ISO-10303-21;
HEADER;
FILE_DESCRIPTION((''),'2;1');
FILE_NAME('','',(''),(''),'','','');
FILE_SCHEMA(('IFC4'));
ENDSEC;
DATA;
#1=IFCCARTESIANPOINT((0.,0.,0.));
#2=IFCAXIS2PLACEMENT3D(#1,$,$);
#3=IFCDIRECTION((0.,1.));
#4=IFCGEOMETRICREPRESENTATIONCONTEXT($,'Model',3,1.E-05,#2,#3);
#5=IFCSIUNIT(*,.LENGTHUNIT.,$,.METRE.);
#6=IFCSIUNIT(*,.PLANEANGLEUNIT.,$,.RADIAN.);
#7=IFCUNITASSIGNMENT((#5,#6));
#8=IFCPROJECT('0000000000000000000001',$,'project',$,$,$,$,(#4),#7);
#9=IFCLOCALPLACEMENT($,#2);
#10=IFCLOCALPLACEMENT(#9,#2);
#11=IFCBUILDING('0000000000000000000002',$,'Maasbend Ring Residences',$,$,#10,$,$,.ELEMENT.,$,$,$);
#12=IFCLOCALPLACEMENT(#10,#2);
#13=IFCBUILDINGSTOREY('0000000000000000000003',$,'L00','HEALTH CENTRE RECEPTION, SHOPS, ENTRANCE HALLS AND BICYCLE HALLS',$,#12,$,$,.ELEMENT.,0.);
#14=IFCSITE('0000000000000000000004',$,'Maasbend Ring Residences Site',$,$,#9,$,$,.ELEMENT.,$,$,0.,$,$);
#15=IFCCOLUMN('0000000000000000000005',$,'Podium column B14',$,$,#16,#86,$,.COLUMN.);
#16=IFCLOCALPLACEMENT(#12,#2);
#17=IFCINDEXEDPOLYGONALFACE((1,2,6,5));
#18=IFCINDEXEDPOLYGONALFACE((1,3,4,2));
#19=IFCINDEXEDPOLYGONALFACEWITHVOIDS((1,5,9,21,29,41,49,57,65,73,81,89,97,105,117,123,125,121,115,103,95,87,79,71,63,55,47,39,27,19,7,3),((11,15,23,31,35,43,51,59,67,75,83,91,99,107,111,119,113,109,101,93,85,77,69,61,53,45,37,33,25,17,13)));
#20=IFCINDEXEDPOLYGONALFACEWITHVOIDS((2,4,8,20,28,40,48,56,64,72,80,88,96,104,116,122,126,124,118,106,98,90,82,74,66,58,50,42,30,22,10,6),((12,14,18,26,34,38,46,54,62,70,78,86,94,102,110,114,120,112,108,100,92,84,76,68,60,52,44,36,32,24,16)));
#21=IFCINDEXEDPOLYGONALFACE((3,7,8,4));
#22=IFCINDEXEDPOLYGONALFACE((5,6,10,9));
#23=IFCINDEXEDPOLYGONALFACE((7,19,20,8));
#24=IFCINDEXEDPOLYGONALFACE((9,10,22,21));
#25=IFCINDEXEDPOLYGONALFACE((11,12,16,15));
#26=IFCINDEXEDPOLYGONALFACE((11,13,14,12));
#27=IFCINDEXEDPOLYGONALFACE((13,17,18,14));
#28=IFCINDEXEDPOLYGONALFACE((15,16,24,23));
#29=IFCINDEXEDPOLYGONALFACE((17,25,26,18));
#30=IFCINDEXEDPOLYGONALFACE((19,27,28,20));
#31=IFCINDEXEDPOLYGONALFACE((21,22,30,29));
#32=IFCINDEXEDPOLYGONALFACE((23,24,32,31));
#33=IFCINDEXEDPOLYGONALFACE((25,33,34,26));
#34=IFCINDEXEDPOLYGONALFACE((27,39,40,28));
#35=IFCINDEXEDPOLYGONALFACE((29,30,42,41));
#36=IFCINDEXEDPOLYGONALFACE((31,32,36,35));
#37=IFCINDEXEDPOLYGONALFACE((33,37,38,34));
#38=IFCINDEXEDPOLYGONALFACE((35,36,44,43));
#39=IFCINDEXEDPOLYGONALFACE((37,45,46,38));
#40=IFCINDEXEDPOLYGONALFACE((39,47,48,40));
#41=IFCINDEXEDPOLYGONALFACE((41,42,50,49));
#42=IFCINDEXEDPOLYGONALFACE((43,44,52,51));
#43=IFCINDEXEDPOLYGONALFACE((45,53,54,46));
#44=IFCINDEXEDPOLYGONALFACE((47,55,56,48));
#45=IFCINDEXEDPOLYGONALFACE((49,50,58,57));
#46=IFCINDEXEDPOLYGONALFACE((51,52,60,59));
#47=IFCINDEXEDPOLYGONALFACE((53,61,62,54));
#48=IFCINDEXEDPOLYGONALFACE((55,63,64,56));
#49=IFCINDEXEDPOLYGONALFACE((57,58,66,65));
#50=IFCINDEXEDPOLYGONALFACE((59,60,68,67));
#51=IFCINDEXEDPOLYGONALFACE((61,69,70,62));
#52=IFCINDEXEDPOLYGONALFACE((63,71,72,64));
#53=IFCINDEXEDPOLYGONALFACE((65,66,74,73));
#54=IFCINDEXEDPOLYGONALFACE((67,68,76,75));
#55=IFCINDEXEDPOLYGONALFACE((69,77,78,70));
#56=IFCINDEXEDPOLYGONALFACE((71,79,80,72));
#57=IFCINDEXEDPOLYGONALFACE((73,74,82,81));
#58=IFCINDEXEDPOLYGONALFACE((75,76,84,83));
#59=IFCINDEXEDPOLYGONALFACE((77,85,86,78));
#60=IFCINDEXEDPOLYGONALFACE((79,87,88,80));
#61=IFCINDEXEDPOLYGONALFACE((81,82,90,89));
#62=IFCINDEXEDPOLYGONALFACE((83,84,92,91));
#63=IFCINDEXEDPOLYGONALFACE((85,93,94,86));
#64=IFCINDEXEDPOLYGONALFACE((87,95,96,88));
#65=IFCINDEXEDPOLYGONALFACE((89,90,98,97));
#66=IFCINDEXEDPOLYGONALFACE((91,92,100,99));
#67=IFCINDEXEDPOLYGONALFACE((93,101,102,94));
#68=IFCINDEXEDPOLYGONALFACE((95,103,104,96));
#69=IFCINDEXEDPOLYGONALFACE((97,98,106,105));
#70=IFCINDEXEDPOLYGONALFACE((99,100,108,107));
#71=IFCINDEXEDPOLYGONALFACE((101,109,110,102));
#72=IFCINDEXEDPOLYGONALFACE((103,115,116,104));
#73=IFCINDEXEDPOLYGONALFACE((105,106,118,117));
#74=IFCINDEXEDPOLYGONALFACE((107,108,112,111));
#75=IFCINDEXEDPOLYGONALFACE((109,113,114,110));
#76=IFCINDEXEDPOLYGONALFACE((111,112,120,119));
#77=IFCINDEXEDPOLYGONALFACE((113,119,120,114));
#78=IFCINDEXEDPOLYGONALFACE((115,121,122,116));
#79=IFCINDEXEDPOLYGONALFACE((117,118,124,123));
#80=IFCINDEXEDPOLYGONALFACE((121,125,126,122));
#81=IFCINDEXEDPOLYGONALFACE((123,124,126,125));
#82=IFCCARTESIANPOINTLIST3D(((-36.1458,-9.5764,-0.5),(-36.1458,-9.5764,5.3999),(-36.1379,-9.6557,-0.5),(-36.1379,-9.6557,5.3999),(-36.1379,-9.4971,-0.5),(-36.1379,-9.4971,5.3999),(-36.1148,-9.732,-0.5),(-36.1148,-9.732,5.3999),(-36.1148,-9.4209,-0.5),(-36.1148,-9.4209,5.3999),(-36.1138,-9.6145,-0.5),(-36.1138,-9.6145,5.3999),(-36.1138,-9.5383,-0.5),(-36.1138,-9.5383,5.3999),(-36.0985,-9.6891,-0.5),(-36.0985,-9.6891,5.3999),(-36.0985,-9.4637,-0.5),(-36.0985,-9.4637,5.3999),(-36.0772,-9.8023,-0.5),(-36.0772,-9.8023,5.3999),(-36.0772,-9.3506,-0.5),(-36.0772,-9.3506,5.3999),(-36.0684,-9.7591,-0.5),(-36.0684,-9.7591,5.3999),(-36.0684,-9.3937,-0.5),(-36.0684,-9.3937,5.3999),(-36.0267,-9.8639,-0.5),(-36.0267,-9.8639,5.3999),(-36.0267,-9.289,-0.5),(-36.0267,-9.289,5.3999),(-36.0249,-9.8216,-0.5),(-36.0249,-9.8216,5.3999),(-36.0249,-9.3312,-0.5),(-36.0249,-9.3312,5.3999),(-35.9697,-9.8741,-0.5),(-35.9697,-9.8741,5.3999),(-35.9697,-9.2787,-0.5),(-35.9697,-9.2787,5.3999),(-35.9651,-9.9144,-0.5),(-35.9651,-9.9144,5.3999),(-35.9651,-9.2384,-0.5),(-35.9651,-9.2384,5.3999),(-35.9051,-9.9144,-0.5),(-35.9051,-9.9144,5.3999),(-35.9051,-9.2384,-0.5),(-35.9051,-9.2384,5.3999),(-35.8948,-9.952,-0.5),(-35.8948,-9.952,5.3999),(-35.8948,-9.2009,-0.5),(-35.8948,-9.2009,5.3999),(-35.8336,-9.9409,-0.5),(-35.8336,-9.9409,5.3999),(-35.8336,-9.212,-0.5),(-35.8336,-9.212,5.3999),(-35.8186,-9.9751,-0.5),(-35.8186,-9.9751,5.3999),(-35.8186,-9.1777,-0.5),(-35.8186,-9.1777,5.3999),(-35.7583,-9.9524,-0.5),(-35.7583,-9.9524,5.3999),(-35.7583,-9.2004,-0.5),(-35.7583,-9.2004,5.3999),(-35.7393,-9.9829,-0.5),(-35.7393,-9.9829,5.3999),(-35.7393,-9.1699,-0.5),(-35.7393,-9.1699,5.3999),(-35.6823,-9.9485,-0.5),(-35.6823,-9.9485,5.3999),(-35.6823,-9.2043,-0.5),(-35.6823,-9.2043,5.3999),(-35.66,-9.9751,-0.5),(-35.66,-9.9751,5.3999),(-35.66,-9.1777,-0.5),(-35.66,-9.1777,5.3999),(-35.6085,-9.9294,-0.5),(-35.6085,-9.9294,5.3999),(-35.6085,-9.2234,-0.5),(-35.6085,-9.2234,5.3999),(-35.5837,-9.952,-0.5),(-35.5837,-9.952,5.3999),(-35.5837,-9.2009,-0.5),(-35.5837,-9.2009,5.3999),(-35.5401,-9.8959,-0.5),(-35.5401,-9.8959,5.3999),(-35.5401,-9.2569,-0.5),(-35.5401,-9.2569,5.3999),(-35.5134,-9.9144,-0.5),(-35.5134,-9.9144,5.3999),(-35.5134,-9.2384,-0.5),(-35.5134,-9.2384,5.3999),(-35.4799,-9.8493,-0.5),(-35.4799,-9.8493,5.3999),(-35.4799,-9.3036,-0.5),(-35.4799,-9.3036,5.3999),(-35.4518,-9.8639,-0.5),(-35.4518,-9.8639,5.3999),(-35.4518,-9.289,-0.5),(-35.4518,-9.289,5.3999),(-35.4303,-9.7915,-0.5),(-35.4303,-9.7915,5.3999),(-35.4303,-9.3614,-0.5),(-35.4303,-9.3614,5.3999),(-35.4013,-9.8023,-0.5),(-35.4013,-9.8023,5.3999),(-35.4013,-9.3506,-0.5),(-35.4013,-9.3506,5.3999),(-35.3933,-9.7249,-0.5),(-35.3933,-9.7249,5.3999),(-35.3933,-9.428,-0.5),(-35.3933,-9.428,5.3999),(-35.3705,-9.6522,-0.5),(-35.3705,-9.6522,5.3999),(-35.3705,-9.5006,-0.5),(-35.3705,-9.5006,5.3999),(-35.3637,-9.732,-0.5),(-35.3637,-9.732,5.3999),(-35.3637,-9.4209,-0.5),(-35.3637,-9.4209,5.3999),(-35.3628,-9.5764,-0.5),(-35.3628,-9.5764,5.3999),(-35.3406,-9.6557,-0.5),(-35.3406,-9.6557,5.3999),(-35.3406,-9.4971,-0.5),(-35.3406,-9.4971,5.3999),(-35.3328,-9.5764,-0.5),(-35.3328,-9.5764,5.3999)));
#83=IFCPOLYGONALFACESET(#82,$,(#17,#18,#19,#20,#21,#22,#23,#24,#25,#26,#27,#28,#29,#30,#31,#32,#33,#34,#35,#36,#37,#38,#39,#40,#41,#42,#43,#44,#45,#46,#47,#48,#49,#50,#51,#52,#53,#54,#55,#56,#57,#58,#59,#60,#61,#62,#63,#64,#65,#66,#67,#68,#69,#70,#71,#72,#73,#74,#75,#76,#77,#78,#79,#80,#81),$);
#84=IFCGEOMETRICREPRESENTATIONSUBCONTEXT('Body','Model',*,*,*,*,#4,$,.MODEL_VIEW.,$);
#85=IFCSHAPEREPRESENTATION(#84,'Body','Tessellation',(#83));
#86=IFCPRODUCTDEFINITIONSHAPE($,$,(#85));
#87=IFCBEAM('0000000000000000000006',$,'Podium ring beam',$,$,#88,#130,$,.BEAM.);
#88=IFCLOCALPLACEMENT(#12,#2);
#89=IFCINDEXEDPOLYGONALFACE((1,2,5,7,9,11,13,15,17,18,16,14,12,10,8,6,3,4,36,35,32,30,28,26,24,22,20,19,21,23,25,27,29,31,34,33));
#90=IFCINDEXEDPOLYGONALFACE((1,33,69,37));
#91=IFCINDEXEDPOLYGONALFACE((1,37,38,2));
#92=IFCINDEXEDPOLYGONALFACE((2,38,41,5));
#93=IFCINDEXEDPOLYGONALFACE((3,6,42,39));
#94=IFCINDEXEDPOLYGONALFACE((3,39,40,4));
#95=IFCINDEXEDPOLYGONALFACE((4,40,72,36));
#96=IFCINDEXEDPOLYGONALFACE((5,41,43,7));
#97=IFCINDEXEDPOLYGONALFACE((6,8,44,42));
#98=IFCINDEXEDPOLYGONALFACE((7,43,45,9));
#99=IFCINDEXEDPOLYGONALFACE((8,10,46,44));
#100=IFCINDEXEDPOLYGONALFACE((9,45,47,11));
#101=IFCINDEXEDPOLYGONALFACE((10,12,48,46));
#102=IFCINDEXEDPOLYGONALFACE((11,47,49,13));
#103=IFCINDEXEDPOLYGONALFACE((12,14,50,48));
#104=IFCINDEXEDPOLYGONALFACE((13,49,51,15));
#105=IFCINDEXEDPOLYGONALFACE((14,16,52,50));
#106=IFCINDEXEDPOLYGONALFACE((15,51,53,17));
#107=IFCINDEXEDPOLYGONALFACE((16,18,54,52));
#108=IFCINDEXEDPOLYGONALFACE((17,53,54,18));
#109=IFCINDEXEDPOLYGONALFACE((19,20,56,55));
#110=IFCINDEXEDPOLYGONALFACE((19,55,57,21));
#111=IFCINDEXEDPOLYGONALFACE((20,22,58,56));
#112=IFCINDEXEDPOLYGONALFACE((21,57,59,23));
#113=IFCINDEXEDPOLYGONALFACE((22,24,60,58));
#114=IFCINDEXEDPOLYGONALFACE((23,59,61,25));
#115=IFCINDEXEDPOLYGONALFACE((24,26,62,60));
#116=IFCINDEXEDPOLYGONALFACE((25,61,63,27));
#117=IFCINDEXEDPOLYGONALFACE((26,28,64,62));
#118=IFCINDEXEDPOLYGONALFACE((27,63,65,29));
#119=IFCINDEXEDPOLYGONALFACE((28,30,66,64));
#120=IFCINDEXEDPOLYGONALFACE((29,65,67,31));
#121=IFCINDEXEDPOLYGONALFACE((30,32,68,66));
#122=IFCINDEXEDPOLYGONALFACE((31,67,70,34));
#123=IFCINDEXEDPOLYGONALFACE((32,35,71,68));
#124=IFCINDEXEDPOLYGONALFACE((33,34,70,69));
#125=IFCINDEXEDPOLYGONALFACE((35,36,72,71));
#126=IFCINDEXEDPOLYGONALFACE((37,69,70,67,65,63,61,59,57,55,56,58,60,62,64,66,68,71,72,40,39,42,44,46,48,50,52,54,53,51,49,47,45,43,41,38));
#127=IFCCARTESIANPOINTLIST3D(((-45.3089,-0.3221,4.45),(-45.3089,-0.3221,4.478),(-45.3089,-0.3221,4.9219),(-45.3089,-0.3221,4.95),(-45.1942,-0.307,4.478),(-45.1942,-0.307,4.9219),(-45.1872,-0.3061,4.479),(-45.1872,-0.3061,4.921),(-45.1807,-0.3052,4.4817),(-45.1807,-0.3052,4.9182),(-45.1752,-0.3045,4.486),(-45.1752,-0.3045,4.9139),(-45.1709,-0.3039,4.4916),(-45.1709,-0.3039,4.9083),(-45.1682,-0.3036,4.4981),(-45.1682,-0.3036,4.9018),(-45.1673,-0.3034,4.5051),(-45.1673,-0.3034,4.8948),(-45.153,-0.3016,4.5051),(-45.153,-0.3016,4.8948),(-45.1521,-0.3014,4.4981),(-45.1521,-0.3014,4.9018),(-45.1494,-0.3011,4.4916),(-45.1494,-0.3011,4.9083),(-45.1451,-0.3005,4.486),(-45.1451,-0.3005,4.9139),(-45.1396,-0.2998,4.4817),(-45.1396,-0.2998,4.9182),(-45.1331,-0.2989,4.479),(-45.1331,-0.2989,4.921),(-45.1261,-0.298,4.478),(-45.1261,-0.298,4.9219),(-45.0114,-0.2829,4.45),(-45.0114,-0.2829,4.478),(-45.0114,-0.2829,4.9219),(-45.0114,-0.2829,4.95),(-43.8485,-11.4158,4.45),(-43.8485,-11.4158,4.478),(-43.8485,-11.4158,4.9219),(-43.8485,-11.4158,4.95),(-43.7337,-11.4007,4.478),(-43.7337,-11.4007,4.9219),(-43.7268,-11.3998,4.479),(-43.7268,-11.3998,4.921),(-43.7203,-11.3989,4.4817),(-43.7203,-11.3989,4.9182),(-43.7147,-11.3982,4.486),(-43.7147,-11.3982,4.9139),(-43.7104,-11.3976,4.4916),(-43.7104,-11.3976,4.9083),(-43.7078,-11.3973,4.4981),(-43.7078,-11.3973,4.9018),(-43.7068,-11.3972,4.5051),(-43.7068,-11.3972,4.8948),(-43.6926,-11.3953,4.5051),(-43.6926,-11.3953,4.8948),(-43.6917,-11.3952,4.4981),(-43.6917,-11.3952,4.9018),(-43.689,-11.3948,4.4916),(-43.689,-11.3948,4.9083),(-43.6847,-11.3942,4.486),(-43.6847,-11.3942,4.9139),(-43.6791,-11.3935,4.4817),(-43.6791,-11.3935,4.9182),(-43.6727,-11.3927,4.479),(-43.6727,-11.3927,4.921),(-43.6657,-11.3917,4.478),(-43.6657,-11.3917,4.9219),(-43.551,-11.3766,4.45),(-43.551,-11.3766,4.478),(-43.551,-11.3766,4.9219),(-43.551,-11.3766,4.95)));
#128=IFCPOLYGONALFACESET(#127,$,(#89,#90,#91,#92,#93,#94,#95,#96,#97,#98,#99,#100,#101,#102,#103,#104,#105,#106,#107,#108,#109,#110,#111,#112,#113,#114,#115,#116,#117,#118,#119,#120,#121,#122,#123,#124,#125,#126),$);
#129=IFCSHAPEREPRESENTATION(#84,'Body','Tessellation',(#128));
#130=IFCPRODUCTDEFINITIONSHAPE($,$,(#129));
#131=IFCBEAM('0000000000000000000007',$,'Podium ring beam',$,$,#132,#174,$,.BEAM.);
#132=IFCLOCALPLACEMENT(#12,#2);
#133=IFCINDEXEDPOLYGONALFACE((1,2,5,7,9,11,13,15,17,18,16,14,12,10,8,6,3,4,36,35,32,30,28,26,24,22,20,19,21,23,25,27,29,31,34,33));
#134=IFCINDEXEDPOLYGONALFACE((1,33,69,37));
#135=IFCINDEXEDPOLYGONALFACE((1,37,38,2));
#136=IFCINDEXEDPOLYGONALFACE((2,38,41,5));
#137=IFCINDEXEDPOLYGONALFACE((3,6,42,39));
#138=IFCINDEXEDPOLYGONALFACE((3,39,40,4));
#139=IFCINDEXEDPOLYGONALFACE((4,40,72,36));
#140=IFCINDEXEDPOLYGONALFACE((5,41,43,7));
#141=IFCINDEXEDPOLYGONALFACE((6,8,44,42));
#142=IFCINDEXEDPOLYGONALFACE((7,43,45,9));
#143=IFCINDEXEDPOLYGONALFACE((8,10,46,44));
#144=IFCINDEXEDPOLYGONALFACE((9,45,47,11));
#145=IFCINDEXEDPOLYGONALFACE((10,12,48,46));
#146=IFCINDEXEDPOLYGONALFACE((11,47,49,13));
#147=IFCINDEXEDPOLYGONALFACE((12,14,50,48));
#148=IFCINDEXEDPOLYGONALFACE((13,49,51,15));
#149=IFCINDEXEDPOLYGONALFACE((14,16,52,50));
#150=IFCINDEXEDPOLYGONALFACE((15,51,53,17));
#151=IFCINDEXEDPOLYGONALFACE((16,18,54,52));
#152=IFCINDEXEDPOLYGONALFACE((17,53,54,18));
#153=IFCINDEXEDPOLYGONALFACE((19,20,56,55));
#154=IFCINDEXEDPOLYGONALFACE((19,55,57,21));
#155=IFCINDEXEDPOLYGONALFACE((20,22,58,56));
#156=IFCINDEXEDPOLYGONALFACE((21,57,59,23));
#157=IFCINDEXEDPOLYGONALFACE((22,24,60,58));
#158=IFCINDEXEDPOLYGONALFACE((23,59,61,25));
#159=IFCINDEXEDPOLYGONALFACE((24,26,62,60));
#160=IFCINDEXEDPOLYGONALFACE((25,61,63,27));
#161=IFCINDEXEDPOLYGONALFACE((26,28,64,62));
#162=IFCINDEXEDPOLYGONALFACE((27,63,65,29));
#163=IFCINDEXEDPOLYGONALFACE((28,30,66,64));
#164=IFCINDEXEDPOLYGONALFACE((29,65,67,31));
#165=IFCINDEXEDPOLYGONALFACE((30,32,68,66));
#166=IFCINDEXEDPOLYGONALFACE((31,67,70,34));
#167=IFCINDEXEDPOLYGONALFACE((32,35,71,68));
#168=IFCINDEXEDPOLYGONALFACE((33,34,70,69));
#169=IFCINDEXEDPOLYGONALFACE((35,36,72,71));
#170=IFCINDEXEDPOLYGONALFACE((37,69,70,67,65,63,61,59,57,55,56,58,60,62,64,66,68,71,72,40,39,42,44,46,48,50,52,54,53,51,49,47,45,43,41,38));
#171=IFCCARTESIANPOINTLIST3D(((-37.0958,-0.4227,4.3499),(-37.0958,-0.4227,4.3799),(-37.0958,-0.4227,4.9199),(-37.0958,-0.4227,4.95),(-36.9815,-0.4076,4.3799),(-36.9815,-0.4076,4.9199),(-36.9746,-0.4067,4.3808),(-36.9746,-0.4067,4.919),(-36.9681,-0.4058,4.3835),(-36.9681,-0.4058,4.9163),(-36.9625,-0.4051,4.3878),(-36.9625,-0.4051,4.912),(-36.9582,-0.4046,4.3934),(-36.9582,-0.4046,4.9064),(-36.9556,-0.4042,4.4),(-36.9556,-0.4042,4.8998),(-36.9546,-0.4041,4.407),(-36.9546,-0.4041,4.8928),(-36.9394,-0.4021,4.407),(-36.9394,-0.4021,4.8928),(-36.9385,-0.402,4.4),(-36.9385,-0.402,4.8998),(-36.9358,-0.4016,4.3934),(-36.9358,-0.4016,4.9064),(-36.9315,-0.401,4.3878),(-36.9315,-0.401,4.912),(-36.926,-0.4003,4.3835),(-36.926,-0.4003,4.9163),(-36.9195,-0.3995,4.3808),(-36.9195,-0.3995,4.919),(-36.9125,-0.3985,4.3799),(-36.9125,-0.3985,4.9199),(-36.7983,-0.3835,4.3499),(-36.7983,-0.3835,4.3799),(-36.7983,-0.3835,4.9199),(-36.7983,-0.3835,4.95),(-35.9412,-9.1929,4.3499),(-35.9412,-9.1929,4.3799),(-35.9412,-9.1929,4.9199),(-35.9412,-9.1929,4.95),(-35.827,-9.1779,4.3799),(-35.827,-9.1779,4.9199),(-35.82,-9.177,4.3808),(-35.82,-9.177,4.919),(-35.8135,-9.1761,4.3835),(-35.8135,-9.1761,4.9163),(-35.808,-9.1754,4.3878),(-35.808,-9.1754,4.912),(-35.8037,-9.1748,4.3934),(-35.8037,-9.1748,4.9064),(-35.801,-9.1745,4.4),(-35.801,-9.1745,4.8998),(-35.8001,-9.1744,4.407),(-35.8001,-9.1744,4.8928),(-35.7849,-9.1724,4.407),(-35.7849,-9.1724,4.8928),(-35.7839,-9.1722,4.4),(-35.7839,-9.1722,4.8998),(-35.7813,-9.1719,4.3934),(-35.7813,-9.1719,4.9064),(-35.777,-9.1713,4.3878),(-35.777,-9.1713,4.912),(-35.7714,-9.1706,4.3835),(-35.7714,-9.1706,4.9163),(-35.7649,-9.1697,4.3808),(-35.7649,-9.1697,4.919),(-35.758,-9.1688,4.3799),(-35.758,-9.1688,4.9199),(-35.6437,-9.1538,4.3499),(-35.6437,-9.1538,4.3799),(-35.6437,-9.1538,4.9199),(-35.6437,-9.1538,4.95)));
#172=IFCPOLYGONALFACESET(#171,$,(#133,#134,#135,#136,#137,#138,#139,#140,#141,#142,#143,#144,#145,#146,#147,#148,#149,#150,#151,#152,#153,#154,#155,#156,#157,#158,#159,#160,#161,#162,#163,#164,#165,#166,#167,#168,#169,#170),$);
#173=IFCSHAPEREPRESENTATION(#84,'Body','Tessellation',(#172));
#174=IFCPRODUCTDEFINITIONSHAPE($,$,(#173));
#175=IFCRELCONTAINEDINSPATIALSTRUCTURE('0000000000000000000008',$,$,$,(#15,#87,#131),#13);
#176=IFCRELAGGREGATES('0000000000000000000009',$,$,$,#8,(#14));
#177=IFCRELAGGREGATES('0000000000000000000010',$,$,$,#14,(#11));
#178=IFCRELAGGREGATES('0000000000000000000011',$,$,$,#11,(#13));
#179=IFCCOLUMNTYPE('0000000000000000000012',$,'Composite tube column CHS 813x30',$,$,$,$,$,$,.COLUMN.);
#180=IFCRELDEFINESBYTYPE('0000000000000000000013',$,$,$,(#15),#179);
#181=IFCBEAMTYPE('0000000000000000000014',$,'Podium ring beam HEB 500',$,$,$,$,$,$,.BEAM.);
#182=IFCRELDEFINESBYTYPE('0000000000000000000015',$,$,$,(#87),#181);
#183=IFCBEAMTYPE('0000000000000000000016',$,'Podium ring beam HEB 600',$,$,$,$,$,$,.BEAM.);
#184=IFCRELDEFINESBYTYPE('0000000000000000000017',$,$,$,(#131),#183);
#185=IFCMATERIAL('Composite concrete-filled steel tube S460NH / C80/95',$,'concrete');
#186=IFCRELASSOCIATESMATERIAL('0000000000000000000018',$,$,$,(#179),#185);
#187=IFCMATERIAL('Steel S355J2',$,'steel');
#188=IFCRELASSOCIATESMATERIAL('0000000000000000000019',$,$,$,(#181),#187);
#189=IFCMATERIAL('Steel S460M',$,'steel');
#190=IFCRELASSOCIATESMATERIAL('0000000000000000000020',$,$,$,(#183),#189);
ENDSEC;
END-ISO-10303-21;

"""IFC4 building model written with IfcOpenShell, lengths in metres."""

from ifc_helpers import new_model, si_unit, direction, frame, origin, origin_2d, place, context, subcontext, project, spatial, hollow_circle, i_section, extrude, material, material_profile, profile_set, type_object, element, save


model = new_model("IFC4")

# Units and contexts
model_context = context("Model", 3, precision=1e-05, world=origin(), true_north=direction((0.0, 1.0)))
body_context = subcontext(model_context, "Body", "Model", "MODEL_VIEW")
ifc_project = project(units=[si_unit("LENGTHUNIT", "METRE"), si_unit("PLANEANGLEUNIT", "RADIAN")], contexts=[model_context])

# Site, building, storey
site_placement = place(None, origin())
site = spatial("IfcSite", under=ifc_project, at=site_placement, Name="Maasbend Ring Residences Site", CompositionType="ELEMENT", RefElevation=0.0)
building_placement = place(site_placement, origin())
building = spatial("IfcBuilding", under=site, at=building_placement, Name="Maasbend Ring Residences", CompositionType="ELEMENT")
storey_placement = place(building_placement, origin())
storey = spatial("IfcBuildingStorey", under=building, at=storey_placement, Name="L00", Description="HEALTH CENTRE RECEPTION, SHOPS, ENTRANCE HALLS AND BICYCLE HALLS", CompositionType="ELEMENT", Elevation=0.0)

# Column
ifc_material_1 = material(Name="Composite concrete-filled steel tube S460NH / C80/95", Category="concrete")
ifc_material_profile_1 = material_profile(ifc_material_1, hollow_circle(Radius=0.4065, WallThickness=0.03, at=origin_2d()), Name="Composite tube column CHS 813x30")
ifc_profile_set_1 = profile_set([ifc_material_profile_1], Name="Composite concrete-filled steel tube S460NH / C80/95")
column_type_1 = type_object("IfcColumnType", Name="Composite tube column CHS 813x30", PredefinedType="COLUMN", material=ifc_profile_set_1)
for number, where, z_axis, x_axis, name in (
    (1, (-35.7393, -9.5764, -0.5), (0.0, 0.0, 1.0), (1.0, 0.0, 0.0), "Podium column B14"),
):
    element("IfcColumn", number, at=place(storey_placement, frame(where, z_axis=z_axis, x_axis=x_axis)), inside=storey, type_object=column_type_1, Name=name, PredefinedType="COLUMN", context=body_context, shape_type="SweptSolid", body=[
        extrude(hollow_circle(Radius=0.4065, WallThickness=0.03, at=origin_2d()), origin(), (0.0, 0.0, 1.0), 5.8999),
    ])

# Beams
ifc_material_2 = material(Name="Steel S355J2", Category="steel")
ifc_material_profile_2 = material_profile(ifc_material_2, i_section(OverallWidth=0.3, OverallDepth=0.5, WebThickness=0.0144, FlangeThickness=0.0281, FilletRadius=0.0271, at=origin_2d()), Name="HEB 500")
ifc_profile_set_2 = profile_set([ifc_material_profile_2], Name="Steel S355J2")
beam_type_1 = type_object("IfcBeamType", Name="Podium ring beam HEB 500", PredefinedType="BEAM", material=ifc_profile_set_2)
beam_1_placement = place(storey_placement, frame((-45.1602, -0.3025, 4.7), z_axis=(0.13052, -0.991446, 0.0), x_axis=(0.991446, 0.13052, 0.0)))
element("IfcBeam", 2, at=beam_1_placement, inside=storey, type_object=beam_type_1, Name="Podium ring beam", PredefinedType="BEAM", context=body_context, shape_type="SweptSolid", body=[
    extrude(i_section(OverallWidth=0.3, OverallDepth=0.5, WebThickness=0.0144, FlangeThickness=0.0281, FilletRadius=0.0271, at=origin_2d()), origin(), (0.0, 0.0, 1.0), 11.1895),
])
ifc_material_3 = material(Name="Steel S460M", Category="steel")
ifc_material_profile_3 = material_profile(ifc_material_3, i_section(OverallWidth=0.3, OverallDepth=0.6001, WebThickness=0.0154, FlangeThickness=0.03, FilletRadius=0.0271, at=origin_2d()), Name="HEB 600")
ifc_profile_set_3 = profile_set([ifc_material_profile_3], Name="Steel S460M")
beam_type_2 = type_object("IfcBeamType", Name="Podium ring beam HEB 600", PredefinedType="BEAM", material=ifc_profile_set_3)
for number, where, z_axis, x_axis, name in (
    (3, (-36.947, -0.4031, 4.6499), (0.130517, -0.991446, 0.0), (0.991446, 0.130517, 0.0), "Podium ring beam"),
):
    element("IfcBeam", number, at=place(storey_placement, frame(where, z_axis=z_axis, x_axis=x_axis)), inside=storey, type_object=beam_type_2, Name=name, PredefinedType="BEAM", context=body_context, shape_type="SweptSolid", body=[
        extrude(i_section(OverallWidth=0.3, OverallDepth=0.6001, WebThickness=0.0154, FlangeThickness=0.03, FilletRadius=0.0271, at=origin_2d()), origin(), (0.0, 0.0, 1.0), 8.8459),
    ])

save(model, "model.ifc")
